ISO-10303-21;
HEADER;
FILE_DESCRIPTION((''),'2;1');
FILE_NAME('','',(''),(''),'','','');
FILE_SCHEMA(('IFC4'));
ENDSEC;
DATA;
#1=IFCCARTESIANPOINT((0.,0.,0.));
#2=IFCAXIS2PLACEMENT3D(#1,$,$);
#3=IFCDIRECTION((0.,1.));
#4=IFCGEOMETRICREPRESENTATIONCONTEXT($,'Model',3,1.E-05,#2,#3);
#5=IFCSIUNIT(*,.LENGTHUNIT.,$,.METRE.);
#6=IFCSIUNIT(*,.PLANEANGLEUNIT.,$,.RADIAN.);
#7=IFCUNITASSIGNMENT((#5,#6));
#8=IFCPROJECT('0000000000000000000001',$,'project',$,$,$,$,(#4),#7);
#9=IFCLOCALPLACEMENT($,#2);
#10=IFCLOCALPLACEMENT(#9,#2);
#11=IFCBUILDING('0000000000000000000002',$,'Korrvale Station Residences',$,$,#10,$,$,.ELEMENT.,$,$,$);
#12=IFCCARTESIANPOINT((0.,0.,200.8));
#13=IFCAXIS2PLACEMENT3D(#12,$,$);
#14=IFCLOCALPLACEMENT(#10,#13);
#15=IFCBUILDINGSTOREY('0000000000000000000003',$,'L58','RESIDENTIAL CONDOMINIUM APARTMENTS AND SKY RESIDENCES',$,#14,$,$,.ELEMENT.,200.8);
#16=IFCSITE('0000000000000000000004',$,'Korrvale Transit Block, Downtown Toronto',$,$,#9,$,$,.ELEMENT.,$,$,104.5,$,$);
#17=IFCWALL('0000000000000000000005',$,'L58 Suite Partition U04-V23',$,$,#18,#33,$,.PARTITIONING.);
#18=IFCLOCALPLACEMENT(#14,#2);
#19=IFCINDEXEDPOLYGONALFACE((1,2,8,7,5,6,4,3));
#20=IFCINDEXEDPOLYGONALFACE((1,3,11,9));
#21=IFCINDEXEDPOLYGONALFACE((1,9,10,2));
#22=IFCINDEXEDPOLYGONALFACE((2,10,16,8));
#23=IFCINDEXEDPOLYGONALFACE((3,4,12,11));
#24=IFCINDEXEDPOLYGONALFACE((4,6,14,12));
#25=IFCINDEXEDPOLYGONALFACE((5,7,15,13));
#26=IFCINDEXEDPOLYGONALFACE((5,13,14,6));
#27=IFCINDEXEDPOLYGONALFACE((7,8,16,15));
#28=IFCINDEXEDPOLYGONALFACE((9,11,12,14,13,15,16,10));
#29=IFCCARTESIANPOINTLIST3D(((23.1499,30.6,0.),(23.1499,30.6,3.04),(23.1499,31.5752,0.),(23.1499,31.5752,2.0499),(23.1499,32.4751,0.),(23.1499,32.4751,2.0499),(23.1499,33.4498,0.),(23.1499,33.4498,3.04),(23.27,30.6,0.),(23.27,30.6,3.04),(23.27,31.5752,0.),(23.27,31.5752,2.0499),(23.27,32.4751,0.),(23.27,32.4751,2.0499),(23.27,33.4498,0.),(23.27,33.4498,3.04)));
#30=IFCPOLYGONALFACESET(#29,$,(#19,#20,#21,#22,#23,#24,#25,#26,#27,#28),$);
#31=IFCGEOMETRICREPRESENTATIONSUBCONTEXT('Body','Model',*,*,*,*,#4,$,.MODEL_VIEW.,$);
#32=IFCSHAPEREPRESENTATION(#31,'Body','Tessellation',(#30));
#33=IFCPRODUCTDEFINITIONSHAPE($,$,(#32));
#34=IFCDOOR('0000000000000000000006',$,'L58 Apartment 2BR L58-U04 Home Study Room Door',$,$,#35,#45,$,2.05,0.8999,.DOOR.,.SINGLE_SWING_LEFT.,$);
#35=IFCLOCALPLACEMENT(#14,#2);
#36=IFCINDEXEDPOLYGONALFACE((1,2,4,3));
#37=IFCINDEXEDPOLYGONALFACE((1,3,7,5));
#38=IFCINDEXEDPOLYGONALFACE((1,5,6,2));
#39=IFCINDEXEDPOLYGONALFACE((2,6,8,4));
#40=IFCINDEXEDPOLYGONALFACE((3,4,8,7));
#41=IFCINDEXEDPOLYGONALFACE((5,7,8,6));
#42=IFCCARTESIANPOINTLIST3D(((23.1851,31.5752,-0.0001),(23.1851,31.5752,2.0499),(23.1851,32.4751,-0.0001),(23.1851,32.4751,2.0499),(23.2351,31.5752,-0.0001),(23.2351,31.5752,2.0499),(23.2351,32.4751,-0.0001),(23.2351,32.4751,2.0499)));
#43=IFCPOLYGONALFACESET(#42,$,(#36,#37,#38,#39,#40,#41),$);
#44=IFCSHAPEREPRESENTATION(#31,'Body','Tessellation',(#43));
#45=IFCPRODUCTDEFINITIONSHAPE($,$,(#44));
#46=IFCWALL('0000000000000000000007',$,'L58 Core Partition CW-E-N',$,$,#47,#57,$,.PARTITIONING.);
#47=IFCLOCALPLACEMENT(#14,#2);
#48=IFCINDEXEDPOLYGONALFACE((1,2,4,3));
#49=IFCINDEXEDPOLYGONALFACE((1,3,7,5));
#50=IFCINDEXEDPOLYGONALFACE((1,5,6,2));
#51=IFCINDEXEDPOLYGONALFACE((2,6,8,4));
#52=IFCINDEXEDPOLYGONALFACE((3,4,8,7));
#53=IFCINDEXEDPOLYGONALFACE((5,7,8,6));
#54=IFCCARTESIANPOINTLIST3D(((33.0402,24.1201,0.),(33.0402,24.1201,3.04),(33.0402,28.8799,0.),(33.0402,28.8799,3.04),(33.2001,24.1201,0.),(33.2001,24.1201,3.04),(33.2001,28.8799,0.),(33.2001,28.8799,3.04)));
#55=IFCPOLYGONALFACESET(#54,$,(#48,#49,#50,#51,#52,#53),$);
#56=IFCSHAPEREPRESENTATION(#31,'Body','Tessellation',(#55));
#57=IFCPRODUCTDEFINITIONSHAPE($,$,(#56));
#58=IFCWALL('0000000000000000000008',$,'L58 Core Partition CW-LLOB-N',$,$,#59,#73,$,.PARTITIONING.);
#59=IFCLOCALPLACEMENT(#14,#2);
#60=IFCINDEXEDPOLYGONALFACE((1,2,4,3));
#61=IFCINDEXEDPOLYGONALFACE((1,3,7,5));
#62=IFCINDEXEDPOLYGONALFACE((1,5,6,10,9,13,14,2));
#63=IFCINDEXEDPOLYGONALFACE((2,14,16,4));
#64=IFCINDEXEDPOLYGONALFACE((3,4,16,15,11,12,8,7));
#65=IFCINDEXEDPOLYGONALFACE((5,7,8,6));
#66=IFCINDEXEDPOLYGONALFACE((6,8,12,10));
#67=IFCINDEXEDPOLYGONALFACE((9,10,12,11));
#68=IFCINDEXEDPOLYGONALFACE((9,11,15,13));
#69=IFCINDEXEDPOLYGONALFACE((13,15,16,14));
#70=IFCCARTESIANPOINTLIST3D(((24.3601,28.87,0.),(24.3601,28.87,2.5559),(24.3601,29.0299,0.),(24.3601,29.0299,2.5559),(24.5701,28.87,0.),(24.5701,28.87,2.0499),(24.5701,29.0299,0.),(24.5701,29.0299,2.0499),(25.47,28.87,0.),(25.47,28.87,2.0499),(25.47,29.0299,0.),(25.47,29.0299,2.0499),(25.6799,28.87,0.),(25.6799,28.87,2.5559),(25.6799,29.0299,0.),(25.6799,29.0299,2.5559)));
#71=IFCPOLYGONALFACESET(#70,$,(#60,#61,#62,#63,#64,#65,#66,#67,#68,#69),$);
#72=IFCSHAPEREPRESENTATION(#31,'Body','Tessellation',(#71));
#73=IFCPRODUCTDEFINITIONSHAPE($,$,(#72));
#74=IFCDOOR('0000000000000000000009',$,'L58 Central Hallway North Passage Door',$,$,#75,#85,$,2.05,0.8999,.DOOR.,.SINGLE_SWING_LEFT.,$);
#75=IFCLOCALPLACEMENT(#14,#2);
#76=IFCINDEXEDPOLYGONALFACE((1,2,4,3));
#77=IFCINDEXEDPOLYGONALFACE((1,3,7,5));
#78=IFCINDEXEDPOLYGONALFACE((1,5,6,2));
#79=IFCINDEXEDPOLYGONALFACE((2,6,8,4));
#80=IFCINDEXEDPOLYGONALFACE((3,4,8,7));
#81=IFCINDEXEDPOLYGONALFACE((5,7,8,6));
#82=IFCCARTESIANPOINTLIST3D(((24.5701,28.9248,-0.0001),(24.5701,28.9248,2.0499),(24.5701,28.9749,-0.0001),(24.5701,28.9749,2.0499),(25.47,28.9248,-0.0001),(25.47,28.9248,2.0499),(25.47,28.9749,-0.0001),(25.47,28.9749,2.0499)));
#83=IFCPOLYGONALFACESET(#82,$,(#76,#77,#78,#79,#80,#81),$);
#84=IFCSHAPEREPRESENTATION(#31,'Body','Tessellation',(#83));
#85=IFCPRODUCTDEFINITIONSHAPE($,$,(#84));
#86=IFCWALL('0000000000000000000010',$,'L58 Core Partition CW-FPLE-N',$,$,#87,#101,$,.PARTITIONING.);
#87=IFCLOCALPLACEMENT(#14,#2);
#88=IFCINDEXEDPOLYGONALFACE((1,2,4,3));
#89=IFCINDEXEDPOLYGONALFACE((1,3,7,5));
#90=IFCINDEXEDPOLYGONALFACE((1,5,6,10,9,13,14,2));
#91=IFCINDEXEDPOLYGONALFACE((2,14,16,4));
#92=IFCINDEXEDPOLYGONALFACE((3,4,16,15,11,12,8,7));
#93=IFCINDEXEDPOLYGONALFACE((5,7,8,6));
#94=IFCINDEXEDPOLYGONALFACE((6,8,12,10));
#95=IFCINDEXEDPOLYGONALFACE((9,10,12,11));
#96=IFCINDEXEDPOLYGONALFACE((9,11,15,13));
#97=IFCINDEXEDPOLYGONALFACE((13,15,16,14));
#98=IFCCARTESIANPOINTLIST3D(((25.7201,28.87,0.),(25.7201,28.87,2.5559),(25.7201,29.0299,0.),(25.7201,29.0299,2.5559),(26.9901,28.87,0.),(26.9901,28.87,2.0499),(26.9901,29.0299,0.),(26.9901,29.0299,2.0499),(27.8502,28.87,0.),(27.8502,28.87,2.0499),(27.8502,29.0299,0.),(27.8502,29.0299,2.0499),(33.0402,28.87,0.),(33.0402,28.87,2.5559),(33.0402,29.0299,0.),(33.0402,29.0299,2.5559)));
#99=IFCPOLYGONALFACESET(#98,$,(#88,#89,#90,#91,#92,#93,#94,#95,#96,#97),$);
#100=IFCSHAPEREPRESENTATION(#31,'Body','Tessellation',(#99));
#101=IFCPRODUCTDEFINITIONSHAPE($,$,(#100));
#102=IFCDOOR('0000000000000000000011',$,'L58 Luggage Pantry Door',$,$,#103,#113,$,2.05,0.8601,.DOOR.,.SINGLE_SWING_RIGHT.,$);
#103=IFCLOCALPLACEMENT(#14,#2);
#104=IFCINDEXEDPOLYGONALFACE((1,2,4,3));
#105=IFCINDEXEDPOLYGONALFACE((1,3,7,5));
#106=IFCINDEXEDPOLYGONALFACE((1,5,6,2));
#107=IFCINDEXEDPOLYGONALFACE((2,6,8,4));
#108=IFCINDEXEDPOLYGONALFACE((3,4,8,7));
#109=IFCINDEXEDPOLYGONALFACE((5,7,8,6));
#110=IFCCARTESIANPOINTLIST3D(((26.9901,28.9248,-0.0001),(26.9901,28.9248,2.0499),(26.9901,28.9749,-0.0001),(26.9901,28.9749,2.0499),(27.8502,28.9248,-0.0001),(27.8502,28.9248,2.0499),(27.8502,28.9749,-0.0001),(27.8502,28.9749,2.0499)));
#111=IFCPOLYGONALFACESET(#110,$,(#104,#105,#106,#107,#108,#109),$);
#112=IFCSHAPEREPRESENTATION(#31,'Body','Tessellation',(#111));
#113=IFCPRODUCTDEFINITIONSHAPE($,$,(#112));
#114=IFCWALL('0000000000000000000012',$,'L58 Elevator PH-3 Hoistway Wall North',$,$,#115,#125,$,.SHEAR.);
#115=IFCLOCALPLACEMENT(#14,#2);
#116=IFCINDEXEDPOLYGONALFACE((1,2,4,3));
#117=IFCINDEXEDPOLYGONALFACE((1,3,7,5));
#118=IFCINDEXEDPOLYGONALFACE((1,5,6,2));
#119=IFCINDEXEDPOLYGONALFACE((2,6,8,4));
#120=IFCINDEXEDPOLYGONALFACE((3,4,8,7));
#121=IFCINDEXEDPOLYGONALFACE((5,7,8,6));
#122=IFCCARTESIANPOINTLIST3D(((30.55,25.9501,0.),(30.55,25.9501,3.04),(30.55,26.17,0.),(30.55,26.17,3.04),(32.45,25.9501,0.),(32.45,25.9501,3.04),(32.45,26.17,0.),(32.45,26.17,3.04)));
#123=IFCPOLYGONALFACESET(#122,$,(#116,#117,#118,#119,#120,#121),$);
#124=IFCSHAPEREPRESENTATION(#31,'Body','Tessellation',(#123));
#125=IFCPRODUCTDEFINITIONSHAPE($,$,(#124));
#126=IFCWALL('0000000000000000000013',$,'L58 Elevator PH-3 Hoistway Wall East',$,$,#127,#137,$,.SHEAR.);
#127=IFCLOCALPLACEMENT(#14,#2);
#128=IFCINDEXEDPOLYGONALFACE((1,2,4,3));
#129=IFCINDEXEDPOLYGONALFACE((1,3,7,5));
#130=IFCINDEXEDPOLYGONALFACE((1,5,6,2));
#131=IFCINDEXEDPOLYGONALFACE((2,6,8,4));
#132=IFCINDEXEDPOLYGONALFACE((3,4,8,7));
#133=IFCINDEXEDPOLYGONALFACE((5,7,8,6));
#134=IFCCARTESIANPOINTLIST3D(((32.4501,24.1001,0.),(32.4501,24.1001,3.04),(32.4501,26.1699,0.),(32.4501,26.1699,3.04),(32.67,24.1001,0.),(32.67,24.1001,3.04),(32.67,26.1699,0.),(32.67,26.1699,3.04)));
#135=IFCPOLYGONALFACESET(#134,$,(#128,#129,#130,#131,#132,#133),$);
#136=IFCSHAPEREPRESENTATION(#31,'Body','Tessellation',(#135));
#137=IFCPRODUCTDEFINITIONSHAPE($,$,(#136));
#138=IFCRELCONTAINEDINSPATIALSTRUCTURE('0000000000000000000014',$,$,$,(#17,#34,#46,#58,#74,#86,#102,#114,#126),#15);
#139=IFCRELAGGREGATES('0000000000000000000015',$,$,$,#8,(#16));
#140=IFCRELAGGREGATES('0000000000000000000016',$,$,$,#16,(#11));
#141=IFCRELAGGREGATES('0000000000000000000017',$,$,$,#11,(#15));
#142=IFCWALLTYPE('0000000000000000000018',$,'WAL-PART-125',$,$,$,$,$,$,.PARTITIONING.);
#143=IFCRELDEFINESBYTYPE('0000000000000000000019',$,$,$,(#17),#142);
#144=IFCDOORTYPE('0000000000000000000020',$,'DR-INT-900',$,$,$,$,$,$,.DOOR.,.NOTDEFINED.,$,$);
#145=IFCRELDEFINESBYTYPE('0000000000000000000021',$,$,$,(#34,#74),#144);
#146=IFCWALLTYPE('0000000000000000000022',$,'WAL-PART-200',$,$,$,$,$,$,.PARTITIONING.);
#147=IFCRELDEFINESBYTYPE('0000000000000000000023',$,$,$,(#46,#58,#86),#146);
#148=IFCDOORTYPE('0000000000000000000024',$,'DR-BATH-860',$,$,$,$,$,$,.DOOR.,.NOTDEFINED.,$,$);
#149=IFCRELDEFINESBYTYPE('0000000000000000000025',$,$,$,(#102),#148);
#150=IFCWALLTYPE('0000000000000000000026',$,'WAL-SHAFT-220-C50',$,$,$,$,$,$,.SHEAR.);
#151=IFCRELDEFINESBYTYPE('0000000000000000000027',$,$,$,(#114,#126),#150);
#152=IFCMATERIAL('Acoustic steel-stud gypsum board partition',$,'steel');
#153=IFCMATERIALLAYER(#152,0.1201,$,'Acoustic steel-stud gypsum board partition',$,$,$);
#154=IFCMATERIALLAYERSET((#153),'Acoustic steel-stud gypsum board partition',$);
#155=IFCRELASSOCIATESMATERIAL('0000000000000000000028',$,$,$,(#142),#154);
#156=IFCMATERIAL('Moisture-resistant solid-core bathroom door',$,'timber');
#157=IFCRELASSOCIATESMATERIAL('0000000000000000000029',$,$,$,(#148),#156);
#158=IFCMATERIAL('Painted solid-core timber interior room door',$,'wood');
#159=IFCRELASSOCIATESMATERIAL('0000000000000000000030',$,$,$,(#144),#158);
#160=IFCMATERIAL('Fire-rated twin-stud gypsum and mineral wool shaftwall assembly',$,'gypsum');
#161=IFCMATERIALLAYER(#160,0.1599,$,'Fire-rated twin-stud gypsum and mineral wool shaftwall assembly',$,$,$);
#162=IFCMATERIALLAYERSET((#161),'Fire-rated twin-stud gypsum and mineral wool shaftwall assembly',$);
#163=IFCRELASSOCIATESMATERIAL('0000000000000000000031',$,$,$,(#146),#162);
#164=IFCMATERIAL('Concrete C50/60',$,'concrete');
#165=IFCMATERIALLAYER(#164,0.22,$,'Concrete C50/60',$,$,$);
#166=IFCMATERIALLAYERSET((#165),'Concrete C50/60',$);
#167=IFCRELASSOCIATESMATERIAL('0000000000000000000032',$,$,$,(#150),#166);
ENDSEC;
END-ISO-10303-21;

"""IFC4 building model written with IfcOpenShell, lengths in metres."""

from ifc_helpers import new_model, si_unit, direction, frame, frame_2d, origin, place, context, subcontext, project, spatial, rectangle, extrude, material, layer, layer_set, type_object, element, fill, save


model = new_model("IFC4")

# Units and contexts
model_context = context("Model", 3, precision=1e-05, world=origin(), true_north=direction((0.0, 1.0)))
body_context = subcontext(model_context, "Body", "Model", "MODEL_VIEW")
ifc_project = project(units=[si_unit("LENGTHUNIT", "METRE"), si_unit("PLANEANGLEUNIT", "RADIAN")], contexts=[model_context])

# Site, building, storey
site_placement = place(None, origin())
site = spatial("IfcSite", under=ifc_project, at=site_placement, Name="Korrvale Transit Block, Downtown Toronto", CompositionType="ELEMENT", RefElevation=104.5)
building_placement = place(site_placement, origin())
building = spatial("IfcBuilding", under=site, at=building_placement, Name="Korrvale Station Residences", CompositionType="ELEMENT")
storey_placement = place(building_placement, frame((0.0, 0.0, 200.8)))
storey = spatial("IfcBuildingStorey", under=building, at=storey_placement, Name="L58", Description="RESIDENTIAL CONDOMINIUM APARTMENTS AND SKY RESIDENCES", CompositionType="ELEMENT", Elevation=200.8)

# Shared definitions
ifc_material_1 = material(Name="Concrete C50/60", Category="concrete")

# Shared definitions
ifc_material_2 = material(Name="Acoustic steel-stud gypsum board partition", Category="steel")
ifc_layer_1 = layer(ifc_material_2, 0.1201, Name="Acoustic steel-stud gypsum board partition")
ifc_layer_set_1 = layer_set([ifc_layer_1], Name="Acoustic steel-stud gypsum board partition")
wall_type_1 = type_object("IfcWallType", Name="WAL-PART-125", PredefinedType="PARTITIONING", material=ifc_layer_set_1)

# Shared definitions
ifc_material_3 = material(Name="Moisture-resistant solid-core bathroom door", Category="timber")
door_type_1 = type_object("IfcDoorType", Name="DR-BATH-860", OperationType="NOTDEFINED", PredefinedType="DOOR", material=ifc_material_3)

# Shared definitions
ifc_material_4 = material(Name="Painted solid-core timber interior room door", Category="wood")
door_type_2 = type_object("IfcDoorType", Name="DR-INT-900", OperationType="NOTDEFINED", PredefinedType="DOOR", material=ifc_material_4)

# Wall, opening, door
wall_1_placement = place(storey_placement, frame((23.21, 30.6001, 0.0), z_axis=(0.0, 0.0, 1.0), x_axis=(0.0, 1.0, 0.0)))
wall_1 = element("IfcWall", 1, at=wall_1_placement, inside=storey, type_object=wall_type_1, Name="L58 Suite Partition U04-V23", PredefinedType="PARTITIONING", context=body_context, shape_type="SweptSolid", body=[
    extrude(rectangle(XDim=2.8499, YDim=0.1201, at=frame_2d((1.4248, 0.0))), origin(), (0.0, 0.0, 1.0), 3.04),
])
opening_1_placement = place(wall_1_placement, frame((0.9751, 0.0, 0.0)))
opening_1 = element("IfcOpeningElement", 2, at=opening_1_placement, cuts=wall_1, PredefinedType="OPENING", context=body_context, shape_type="SweptSolid", body=[
    extrude(rectangle(XDim=0.8999, YDim=2.05, at=frame_2d((0.45, 1.0249))), frame((0.0, 0.0701, 0.0), z_axis=(0.0, -1.0, 0.0), x_axis=(1.0, 0.0, 0.0)), (0.0, 0.0, 1.0), 0.1401),
])
door_1_placement = place(opening_1_placement, origin())
door_1 = element("IfcDoor", 3, at=door_1_placement, inside=storey, type_object=door_type_2, Name="L58 Apartment 2BR L58-U04 Home Study Room Door", OperationType="SINGLE_SWING_LEFT", OverallHeight=2.05, OverallWidth=0.8999, PredefinedType="DOOR", context=body_context, shape_type="SweptSolid", body=[
    extrude(rectangle(XDim=0.8999, YDim=2.05, at=frame_2d((0.45, 1.0249))), frame((0.0, 0.0249, 0.0), z_axis=(0.0, -1.0, 0.0), x_axis=(1.0, 0.0, 0.0)), (0.0, 0.0, 1.0), 0.05),
])
fill(opening_1, door_1)

# Wall
ifc_material_5 = material(Name="Fire-rated twin-stud gypsum and mineral wool shaftwall assembly", Category="gypsum")
ifc_layer_2 = layer(ifc_material_5, 0.1599, Name="Fire-rated twin-stud gypsum and mineral wool shaftwall assembly")
ifc_layer_set_2 = layer_set([ifc_layer_2], Name="Fire-rated twin-stud gypsum and mineral wool shaftwall assembly")
wall_type_2 = type_object("IfcWallType", Name="WAL-PART-200", PredefinedType="PARTITIONING", material=ifc_layer_set_2)
wall_2_placement = place(storey_placement, frame((33.1201, 24.1201, 0.0), z_axis=(0.0, 0.0, 1.0), x_axis=(0.0, 1.0, 0.0)))
element("IfcWall", 4, at=wall_2_placement, inside=storey, type_object=wall_type_2, Name="L58 Core Partition CW-E-N", PredefinedType="PARTITIONING", context=body_context, shape_type="SweptSolid", body=[
    extrude(rectangle(XDim=4.7598, YDim=0.1599, at=frame_2d((2.3799, 0.0))), origin(), (0.0, 0.0, 1.0), 3.04),
])

# Walls, openings, doors
wall_3_placement = place(storey_placement, frame((24.3601, 28.95, 0.0), z_axis=(0.0, 0.0, 1.0), x_axis=(1.0, 0.0, 0.0)))
wall_3 = element("IfcWall", 5, at=wall_3_placement, inside=storey, type_object=wall_type_2, Name="L58 Core Partition CW-LLOB-N", PredefinedType="PARTITIONING", context=body_context, shape_type="SweptSolid", body=[
    extrude(rectangle(XDim=1.3198, YDim=0.1599, at=frame_2d((0.6599, 0.0))), origin(), (0.0, 0.0, 1.0), 2.5559),
])
opening_2_placement = place(wall_3_placement, frame((0.21, 0.0, 0.0)))
opening_2 = element("IfcOpeningElement", 6, at=opening_2_placement, cuts=wall_3, PredefinedType="OPENING", context=body_context, shape_type="SweptSolid", body=[
    extrude(rectangle(XDim=0.8999, YDim=2.05, at=frame_2d((0.45, 1.0249))), frame((0.0, 0.0898, 0.0), z_axis=(0.0, -1.0, 0.0), x_axis=(1.0, 0.0, 0.0)), (0.0, 0.0, 1.0), 0.1799),
])
door_2_placement = place(opening_2_placement, origin())
door_2 = element("IfcDoor", 7, at=door_2_placement, inside=storey, type_object=door_type_2, Name="L58 Central Hallway North Passage Door", OperationType="SINGLE_SWING_LEFT", OverallHeight=2.05, OverallWidth=0.8999, PredefinedType="DOOR", context=body_context, shape_type="SweptSolid", body=[
    extrude(rectangle(XDim=0.8999, YDim=2.05, at=frame_2d((0.45, 1.0249))), frame((0.0, 0.0249, 0.0), z_axis=(0.0, -1.0, 0.0), x_axis=(1.0, 0.0, 0.0)), (0.0, 0.0, 1.0), 0.05),
])
fill(opening_2, door_2)
wall_4_placement = place(storey_placement, frame((25.72, 28.95, 0.0), z_axis=(0.0, 0.0, 1.0), x_axis=(1.0, 0.0, 0.0)))
wall_4 = element("IfcWall", 8, at=wall_4_placement, inside=storey, type_object=wall_type_2, Name="L58 Core Partition CW-FPLE-N", PredefinedType="PARTITIONING", context=body_context, shape_type="SweptSolid", body=[
    extrude(rectangle(XDim=7.3201, YDim=0.1599, at=frame_2d((3.6602, 0.0))), origin(), (0.0, 0.0, 1.0), 2.5559),
])
opening_3_placement = place(wall_4_placement, frame((1.27, 0.0, 0.0)))
opening_3 = element("IfcOpeningElement", 9, at=opening_3_placement, cuts=wall_4, PredefinedType="OPENING", context=body_context, shape_type="SweptSolid", body=[
    extrude(rectangle(XDim=0.8601, YDim=2.05, at=frame_2d((0.4302, 1.0249))), frame((0.0, 0.0898, 0.0), z_axis=(0.0, -1.0, 0.0), x_axis=(1.0, 0.0, 0.0)), (0.0, 0.0, 1.0), 0.1799),
])
door_3_placement = place(opening_3_placement, origin())
door_3 = element("IfcDoor", 10, at=door_3_placement, inside=storey, type_object=door_type_1, Name="L58 Luggage Pantry Door", OperationType="SINGLE_SWING_RIGHT", OverallHeight=2.05, OverallWidth=0.8601, PredefinedType="DOOR", context=body_context, shape_type="SweptSolid", body=[
    extrude(rectangle(XDim=0.8601, YDim=2.05, at=frame_2d((0.4302, 1.0249))), frame((0.0, 0.0249, 0.0), z_axis=(0.0, -1.0, 0.0), x_axis=(1.0, 0.0, 0.0)), (0.0, 0.0, 1.0), 0.05),
])
fill(opening_3, door_3)

# Wall
ifc_layer_3 = layer(ifc_material_1, 0.22, Name="Concrete C50/60")
ifc_layer_set_3 = layer_set([ifc_layer_3], Name="Concrete C50/60")
wall_type_3 = type_object("IfcWallType", Name="WAL-SHAFT-220-C50", PredefinedType="SHEAR", material=ifc_layer_set_3)
wall_5_placement = place(storey_placement, frame((30.55, 26.0601, 0.0), z_axis=(0.0, 0.0, 1.0), x_axis=(1.0, 0.0, 0.0)))
element("IfcWall", 11, at=wall_5_placement, inside=storey, type_object=wall_type_3, Name="L58 Elevator PH-3 Hoistway Wall North", PredefinedType="SHEAR", context=body_context, shape_type="SweptSolid", body=[
    extrude(rectangle(XDim=1.8999, YDim=0.22, at=frame_2d((0.95, 0.0))), origin(), (0.0, 0.0, 1.0), 3.04),
])

# Wall
wall_6_placement = place(storey_placement, frame((32.5601, 24.1001, 0.0), z_axis=(0.0, 0.0, 1.0), x_axis=(0.0, 1.0, 0.0)))
element("IfcWall", 12, at=wall_6_placement, inside=storey, type_object=wall_type_3, Name="L58 Elevator PH-3 Hoistway Wall East", PredefinedType="SHEAR", context=body_context, shape_type="SweptSolid", body=[
    extrude(rectangle(XDim=2.0698, YDim=0.22, at=frame_2d((1.0349, 0.0))), origin(), (0.0, 0.0, 1.0), 3.04),
])

save(model, "model.ifc")
